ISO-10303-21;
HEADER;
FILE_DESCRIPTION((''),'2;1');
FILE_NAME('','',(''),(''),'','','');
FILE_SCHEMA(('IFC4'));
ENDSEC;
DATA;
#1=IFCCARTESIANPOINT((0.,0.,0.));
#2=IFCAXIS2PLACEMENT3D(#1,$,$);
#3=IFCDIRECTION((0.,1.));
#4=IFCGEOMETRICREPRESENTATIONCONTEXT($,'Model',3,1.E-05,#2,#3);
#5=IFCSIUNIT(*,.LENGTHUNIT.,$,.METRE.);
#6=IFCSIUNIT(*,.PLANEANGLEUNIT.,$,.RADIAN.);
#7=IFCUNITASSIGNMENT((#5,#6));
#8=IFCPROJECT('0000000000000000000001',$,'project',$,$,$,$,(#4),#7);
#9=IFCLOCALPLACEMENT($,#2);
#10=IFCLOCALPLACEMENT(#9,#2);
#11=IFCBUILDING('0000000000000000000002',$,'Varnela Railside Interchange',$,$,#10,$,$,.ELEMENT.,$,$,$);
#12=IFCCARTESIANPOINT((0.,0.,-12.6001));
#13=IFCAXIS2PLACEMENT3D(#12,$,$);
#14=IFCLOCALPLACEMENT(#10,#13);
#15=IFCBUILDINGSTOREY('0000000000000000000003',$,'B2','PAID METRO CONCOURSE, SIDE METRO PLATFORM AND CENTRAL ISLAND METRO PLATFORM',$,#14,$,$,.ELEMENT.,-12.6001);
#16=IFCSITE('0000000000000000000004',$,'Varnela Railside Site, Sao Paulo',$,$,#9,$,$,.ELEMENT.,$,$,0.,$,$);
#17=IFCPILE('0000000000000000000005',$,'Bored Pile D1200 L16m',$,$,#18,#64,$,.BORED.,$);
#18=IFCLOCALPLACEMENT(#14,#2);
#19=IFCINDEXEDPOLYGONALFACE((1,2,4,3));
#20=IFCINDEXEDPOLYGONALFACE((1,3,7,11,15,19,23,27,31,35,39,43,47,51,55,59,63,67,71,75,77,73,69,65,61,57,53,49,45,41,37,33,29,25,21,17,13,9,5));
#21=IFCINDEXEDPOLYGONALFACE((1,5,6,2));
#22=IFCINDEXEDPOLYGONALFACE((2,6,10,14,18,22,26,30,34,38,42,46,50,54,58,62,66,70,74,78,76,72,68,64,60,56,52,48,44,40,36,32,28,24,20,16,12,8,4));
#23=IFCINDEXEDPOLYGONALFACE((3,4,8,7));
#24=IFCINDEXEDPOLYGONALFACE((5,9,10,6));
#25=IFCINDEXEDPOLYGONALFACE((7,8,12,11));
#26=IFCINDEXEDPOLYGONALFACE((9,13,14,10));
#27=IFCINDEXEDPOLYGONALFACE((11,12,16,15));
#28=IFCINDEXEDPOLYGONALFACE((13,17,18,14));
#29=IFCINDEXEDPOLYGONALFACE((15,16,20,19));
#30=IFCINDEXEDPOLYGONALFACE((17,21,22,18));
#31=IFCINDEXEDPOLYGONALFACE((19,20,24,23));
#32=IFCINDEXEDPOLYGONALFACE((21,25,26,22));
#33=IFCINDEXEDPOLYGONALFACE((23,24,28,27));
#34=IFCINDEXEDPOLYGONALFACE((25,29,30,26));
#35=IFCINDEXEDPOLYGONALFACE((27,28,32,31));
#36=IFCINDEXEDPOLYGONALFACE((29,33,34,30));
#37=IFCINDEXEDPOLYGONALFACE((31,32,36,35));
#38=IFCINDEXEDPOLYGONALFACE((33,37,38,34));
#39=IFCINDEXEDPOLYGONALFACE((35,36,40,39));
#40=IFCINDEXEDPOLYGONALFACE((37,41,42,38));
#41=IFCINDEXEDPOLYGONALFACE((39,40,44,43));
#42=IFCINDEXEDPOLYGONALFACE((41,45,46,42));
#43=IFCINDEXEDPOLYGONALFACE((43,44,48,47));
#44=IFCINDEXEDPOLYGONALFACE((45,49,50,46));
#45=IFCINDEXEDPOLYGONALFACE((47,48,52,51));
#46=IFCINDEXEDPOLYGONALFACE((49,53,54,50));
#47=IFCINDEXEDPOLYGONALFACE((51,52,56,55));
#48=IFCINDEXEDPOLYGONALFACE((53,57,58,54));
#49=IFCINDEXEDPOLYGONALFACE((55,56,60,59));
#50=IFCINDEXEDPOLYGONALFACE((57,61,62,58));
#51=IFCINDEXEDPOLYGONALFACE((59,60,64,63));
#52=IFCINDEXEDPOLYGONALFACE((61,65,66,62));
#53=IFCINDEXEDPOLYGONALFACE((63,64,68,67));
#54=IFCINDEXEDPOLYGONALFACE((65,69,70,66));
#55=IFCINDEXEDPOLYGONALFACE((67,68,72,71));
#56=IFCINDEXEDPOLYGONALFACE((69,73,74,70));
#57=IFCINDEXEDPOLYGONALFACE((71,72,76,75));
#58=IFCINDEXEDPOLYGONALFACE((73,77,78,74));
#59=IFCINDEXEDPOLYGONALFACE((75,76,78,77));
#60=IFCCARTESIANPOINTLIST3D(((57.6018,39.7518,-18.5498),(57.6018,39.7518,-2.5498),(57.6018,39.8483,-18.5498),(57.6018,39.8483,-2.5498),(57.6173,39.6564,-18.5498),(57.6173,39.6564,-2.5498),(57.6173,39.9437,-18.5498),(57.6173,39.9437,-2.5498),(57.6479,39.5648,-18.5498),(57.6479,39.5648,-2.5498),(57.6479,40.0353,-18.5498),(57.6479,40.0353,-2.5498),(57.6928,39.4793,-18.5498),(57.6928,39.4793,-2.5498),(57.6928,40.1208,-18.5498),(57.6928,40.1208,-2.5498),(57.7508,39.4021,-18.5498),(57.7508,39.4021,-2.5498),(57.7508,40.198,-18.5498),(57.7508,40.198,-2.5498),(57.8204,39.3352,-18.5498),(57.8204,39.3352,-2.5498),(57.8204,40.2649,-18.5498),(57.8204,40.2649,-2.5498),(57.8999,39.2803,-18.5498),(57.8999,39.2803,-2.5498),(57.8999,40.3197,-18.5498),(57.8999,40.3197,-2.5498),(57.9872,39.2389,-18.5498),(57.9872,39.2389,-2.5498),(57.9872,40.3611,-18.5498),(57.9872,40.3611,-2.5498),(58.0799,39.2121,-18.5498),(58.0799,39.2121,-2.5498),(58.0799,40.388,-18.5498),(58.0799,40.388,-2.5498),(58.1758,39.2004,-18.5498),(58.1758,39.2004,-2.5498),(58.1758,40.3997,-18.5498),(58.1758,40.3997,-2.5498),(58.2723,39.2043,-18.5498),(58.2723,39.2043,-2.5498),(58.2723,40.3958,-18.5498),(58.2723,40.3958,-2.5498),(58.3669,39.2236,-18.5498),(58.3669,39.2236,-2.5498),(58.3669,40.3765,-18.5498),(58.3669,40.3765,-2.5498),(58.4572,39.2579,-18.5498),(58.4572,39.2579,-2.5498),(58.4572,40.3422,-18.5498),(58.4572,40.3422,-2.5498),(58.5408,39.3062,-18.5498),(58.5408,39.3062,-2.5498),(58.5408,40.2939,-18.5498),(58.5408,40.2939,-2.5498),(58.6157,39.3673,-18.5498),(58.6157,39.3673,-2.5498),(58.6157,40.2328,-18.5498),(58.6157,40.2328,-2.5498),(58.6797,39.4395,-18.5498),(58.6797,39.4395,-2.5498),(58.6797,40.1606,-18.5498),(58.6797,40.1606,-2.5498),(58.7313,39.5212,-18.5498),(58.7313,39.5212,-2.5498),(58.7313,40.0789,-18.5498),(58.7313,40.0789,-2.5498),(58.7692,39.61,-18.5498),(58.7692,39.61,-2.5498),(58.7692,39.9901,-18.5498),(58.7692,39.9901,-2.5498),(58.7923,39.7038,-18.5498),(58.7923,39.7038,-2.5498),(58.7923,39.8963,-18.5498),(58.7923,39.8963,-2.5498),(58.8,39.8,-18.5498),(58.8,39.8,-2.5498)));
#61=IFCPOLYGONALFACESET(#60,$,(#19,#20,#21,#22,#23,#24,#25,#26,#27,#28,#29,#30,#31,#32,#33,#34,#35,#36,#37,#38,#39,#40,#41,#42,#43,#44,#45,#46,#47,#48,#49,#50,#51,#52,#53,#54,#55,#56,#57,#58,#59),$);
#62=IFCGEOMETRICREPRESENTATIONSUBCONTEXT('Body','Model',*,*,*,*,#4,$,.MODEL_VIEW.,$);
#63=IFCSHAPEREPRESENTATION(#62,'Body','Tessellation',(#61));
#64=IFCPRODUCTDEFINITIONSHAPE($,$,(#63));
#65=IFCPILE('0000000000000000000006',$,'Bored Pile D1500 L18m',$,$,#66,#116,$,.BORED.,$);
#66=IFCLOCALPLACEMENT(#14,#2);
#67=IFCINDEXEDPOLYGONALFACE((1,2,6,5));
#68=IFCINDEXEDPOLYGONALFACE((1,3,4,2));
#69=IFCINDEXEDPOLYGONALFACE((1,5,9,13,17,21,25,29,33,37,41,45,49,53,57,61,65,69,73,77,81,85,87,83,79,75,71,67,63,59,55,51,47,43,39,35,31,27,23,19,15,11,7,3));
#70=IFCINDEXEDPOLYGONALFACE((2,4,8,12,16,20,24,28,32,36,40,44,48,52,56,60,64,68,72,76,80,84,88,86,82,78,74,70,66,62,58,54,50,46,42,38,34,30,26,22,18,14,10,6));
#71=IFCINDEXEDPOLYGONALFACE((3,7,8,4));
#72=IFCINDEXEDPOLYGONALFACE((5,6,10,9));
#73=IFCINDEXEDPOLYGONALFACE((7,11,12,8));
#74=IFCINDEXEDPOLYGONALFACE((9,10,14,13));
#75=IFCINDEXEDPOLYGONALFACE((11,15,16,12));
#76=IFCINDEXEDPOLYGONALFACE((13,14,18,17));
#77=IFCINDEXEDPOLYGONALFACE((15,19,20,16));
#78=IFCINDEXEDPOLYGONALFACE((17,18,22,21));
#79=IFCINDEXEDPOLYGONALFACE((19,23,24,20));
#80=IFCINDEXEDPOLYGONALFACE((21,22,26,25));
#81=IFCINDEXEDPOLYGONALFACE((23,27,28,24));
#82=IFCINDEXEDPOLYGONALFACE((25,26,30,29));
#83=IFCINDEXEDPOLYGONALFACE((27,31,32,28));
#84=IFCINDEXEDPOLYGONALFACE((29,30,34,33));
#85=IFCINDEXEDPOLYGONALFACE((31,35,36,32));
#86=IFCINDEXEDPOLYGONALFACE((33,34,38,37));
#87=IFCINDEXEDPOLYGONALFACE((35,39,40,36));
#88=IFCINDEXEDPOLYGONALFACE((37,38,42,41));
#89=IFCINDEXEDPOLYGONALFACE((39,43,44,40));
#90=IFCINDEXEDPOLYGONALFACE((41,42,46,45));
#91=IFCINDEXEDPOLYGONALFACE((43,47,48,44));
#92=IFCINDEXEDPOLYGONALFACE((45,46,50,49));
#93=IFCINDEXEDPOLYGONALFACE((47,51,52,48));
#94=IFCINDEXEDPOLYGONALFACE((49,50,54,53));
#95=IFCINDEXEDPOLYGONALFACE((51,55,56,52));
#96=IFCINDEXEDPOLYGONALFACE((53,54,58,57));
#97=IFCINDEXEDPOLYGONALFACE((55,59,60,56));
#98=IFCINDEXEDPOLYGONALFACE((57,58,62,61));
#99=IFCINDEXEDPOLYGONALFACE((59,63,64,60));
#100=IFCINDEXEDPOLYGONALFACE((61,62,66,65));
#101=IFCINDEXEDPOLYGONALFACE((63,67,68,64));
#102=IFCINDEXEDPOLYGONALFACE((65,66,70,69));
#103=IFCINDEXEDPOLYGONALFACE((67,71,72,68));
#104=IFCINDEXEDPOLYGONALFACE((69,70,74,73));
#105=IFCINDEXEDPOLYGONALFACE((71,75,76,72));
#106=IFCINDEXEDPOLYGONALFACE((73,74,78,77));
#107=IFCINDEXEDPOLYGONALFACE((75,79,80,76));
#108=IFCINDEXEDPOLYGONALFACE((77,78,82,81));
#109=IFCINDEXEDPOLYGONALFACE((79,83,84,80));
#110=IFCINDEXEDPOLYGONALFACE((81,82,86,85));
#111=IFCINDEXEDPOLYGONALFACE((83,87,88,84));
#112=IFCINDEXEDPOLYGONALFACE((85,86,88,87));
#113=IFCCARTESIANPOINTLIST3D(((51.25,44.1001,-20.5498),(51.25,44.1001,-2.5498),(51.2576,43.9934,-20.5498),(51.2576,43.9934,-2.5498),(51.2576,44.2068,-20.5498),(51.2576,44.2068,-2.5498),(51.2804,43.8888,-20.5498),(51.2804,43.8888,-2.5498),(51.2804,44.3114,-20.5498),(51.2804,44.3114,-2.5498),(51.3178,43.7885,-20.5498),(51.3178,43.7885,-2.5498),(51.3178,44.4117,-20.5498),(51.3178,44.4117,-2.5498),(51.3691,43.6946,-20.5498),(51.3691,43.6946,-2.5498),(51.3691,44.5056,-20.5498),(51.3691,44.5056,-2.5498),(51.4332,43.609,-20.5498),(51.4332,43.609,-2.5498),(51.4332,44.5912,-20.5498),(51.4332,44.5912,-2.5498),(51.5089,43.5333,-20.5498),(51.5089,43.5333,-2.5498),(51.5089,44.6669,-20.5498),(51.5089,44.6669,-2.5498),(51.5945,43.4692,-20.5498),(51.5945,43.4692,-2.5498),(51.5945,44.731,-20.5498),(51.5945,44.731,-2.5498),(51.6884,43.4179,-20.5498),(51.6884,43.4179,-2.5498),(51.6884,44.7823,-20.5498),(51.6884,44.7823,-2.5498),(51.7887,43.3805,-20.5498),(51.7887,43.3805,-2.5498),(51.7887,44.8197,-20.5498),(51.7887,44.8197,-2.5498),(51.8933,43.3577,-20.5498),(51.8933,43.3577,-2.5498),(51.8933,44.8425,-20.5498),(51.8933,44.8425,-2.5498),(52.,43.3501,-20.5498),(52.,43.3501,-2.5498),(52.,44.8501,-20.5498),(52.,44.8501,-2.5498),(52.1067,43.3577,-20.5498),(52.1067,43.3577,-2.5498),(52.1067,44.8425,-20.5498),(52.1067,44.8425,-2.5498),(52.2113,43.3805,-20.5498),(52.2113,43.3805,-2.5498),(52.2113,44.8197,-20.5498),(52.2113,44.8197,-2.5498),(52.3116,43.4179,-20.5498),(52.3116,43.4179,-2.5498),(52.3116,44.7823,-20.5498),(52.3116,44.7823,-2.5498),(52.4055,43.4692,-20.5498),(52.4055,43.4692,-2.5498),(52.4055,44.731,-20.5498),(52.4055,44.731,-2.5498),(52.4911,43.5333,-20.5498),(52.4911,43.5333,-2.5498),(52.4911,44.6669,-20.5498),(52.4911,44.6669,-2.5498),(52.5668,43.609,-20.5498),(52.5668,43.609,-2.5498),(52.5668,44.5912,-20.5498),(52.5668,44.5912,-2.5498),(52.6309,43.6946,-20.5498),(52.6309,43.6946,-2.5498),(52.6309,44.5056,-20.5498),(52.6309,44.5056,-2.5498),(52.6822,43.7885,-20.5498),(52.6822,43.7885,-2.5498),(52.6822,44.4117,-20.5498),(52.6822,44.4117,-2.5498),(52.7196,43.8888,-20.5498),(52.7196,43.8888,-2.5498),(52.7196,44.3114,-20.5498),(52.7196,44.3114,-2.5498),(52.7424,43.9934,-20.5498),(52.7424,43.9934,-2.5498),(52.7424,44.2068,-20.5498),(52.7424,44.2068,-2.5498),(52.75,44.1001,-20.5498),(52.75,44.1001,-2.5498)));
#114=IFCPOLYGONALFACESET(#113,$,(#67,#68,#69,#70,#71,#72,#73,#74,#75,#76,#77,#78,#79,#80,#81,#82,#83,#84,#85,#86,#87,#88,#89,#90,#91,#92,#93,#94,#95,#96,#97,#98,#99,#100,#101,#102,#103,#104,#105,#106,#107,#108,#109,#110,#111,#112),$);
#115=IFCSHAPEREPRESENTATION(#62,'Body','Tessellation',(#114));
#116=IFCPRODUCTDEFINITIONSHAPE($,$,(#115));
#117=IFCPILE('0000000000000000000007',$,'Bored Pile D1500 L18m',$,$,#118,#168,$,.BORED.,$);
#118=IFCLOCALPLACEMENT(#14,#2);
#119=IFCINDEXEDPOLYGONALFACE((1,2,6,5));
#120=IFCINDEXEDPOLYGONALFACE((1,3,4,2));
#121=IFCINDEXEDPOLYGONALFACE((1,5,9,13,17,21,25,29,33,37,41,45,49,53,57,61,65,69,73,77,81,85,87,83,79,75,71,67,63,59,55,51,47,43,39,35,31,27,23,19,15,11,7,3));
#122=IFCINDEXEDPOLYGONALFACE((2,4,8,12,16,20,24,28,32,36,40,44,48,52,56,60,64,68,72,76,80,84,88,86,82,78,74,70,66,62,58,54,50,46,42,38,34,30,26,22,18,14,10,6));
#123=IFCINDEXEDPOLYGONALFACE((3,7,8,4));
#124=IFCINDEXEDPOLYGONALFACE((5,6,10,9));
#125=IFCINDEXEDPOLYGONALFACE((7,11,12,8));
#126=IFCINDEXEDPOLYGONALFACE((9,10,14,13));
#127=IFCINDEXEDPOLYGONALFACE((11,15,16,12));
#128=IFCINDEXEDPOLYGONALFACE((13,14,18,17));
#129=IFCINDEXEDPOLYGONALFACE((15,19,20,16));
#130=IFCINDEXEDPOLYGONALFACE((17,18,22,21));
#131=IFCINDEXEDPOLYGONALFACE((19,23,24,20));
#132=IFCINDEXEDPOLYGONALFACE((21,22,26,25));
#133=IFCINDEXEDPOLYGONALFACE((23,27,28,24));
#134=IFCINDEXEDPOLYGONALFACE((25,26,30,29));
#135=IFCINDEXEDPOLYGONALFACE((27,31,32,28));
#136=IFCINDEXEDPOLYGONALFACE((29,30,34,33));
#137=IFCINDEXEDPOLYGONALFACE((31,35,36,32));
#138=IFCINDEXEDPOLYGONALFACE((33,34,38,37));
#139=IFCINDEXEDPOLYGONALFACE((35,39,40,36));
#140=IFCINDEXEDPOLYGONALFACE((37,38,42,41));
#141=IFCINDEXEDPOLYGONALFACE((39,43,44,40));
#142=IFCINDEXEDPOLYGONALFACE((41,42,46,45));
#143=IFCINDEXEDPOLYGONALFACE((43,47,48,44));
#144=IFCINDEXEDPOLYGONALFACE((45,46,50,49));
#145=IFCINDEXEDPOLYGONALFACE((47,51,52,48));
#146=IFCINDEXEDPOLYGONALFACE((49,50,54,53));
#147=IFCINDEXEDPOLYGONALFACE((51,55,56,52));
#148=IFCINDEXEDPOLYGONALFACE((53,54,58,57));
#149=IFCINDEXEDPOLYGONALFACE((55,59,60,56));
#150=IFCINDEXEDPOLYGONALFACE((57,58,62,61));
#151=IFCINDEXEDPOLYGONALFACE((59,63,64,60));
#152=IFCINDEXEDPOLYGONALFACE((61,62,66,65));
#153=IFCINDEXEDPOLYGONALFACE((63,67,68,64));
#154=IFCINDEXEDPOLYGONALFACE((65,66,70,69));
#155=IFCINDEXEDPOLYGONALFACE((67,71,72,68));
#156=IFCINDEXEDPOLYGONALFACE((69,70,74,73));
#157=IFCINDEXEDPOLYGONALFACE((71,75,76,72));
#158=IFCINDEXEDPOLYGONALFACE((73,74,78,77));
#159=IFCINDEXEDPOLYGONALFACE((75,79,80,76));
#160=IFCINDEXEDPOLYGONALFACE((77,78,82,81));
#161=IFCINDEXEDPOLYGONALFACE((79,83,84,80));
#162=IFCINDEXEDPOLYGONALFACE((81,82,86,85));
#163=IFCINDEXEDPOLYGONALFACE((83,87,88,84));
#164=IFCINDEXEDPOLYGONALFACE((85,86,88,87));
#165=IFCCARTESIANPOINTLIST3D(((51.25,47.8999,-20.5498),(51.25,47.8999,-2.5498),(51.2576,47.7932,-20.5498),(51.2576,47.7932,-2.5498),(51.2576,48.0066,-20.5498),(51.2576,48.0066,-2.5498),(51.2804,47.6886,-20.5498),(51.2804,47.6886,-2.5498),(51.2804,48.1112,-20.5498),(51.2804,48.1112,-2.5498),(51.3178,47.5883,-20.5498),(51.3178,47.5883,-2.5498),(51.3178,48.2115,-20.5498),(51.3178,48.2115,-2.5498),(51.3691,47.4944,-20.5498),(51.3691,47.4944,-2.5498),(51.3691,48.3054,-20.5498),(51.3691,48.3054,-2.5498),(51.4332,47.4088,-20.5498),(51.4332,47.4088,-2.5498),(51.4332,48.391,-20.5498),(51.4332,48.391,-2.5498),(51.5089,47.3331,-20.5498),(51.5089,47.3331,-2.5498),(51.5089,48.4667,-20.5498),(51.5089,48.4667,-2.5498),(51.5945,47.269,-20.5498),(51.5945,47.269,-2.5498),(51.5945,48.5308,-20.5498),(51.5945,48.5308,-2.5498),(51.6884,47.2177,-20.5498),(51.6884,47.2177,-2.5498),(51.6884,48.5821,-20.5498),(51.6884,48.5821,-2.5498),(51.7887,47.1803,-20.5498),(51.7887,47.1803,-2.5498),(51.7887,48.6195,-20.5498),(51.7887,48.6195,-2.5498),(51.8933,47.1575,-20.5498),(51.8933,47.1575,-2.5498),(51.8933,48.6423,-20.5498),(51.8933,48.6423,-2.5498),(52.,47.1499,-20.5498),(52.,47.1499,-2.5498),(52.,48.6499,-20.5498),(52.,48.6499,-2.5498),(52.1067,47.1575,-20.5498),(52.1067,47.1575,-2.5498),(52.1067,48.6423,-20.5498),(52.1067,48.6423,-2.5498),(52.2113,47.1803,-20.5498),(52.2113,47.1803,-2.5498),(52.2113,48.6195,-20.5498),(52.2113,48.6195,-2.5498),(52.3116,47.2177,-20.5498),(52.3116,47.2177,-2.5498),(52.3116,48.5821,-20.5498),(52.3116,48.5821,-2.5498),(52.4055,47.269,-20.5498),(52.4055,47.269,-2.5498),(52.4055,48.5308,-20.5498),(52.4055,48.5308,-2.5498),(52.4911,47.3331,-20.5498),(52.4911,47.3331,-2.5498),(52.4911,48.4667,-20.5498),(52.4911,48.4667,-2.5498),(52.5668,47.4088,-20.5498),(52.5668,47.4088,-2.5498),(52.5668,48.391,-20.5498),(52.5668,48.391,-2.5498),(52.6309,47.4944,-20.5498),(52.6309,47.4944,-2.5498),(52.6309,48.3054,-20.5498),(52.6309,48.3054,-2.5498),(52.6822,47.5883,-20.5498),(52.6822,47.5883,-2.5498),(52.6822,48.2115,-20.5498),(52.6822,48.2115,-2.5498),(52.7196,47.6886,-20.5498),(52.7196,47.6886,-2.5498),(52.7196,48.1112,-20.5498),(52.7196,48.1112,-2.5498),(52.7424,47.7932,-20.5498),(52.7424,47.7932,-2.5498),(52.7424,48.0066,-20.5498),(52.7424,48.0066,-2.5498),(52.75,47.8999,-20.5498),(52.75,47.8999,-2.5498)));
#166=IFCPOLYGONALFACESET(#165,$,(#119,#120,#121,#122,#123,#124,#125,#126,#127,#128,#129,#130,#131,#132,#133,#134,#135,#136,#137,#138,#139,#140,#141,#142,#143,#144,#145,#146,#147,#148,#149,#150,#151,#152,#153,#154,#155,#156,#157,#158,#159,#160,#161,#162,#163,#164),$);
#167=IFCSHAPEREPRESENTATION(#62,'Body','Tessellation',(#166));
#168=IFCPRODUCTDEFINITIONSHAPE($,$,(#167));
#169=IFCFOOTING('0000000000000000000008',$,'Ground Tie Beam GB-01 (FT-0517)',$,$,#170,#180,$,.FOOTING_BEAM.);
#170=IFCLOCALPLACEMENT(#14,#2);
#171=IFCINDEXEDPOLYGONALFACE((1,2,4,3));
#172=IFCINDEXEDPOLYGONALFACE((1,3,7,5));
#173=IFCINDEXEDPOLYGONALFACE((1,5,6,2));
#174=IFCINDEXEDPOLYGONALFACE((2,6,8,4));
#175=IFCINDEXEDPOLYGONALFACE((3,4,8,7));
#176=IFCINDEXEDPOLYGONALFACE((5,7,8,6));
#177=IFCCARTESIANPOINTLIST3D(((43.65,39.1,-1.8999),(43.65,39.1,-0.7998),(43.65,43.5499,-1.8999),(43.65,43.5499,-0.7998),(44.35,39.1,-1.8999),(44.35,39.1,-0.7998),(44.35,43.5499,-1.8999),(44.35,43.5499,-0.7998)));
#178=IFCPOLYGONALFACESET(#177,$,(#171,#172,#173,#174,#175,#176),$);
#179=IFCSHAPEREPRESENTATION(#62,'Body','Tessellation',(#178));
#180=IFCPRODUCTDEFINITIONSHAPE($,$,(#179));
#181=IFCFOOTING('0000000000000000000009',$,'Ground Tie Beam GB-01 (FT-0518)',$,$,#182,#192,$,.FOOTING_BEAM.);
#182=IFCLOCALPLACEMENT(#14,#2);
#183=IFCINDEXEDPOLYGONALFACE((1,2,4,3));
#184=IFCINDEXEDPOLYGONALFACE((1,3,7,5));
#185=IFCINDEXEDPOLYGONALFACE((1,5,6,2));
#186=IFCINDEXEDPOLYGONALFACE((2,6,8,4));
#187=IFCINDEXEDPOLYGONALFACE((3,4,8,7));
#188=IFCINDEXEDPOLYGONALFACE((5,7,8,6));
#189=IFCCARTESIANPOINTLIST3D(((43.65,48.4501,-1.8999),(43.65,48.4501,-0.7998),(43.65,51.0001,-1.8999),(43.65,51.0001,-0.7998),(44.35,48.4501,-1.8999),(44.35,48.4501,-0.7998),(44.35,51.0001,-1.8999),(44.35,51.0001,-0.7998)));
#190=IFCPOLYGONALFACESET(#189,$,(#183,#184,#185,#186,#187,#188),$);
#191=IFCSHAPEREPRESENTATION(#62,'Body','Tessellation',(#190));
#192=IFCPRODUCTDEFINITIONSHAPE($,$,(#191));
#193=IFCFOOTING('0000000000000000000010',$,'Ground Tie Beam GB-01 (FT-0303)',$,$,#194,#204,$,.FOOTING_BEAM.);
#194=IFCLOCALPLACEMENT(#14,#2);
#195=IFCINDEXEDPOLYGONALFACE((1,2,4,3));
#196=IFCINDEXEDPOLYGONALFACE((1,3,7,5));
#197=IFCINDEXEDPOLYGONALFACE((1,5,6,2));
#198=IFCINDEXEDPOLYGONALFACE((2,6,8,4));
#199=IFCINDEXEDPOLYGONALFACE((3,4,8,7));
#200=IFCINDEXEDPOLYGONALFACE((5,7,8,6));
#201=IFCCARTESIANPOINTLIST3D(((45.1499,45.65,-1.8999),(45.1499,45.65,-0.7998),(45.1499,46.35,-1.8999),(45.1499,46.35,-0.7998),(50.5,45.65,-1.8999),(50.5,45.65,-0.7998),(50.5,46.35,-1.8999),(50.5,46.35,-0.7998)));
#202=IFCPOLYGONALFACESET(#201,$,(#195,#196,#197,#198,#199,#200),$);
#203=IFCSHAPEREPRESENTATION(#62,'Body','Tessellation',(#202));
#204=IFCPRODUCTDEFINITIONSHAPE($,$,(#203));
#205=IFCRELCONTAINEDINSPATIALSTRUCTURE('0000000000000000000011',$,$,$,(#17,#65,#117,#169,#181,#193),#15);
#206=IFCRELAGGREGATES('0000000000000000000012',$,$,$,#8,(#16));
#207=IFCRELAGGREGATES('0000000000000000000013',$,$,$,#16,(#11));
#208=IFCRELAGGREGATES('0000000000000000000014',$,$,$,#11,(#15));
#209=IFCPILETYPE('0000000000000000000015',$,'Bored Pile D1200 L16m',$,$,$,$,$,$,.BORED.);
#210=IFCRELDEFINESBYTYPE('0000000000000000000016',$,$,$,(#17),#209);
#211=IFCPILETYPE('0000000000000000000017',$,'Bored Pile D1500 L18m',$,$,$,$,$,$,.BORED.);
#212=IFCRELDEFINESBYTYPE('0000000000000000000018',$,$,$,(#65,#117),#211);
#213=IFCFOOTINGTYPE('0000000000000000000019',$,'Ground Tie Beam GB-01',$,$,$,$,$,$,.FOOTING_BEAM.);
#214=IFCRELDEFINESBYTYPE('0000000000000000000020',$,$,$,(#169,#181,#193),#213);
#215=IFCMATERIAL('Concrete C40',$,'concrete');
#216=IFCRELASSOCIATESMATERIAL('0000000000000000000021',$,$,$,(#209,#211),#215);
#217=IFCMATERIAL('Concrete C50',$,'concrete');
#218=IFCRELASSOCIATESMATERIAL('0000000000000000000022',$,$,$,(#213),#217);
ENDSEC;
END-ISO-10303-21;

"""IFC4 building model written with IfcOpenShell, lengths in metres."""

from ifc_helpers import new_model, si_unit, direction, frame, origin, origin_2d, place, context, subcontext, project, spatial, rectangle, circle, extrude, material, material_profile, profile_set, type_object, element, save


model = new_model("IFC4")

# Units and contexts
model_context = context("Model", 3, precision=1e-05, world=origin(), true_north=direction((0.0, 1.0)))
body_context = subcontext(model_context, "Body", "Model", "MODEL_VIEW")
ifc_project = project(units=[si_unit("LENGTHUNIT", "METRE"), si_unit("PLANEANGLEUNIT", "RADIAN")], contexts=[model_context])

# Site, building, storey
site_placement = place(None, origin())
site = spatial("IfcSite", under=ifc_project, at=site_placement, Name="Varnela Railside Site, Sao Paulo", CompositionType="ELEMENT", RefElevation=0.0)
building_placement = place(site_placement, origin())
building = spatial("IfcBuilding", under=site, at=building_placement, Name="Varnela Railside Interchange", CompositionType="ELEMENT")
storey_placement = place(building_placement, frame((0.0, 0.0, -12.6001)))
storey = spatial("IfcBuildingStorey", under=building, at=storey_placement, Name="B2", Description="PAID METRO CONCOURSE, SIDE METRO PLATFORM AND CENTRAL ISLAND METRO PLATFORM", CompositionType="ELEMENT", Elevation=-12.6001)

# Piles
ifc_material_1 = material(Name="Concrete C40", Category="concrete")
ifc_material_profile_1 = material_profile(ifc_material_1, circle(Radius=0.6001, at=origin_2d()), Name="BORED PILE D1200")
ifc_profile_set_1 = profile_set([ifc_material_profile_1], Name="Concrete C40")
pile_type_1 = type_object("IfcPileType", Name="Bored Pile D1200 L16m", PredefinedType="BORED", material=ifc_profile_set_1)
for number, where, z_axis, x_axis, name in (
    (1, (58.2, 39.8, -2.5498), (0.0, 0.0, -1.0), (1.0, 0.0, 0.0), "Bored Pile D1200 L16m"),
):
    element("IfcPile", number, at=place(storey_placement, frame(where, z_axis=z_axis, x_axis=x_axis)), inside=storey, type_object=pile_type_1, Name=name, PredefinedType="BORED", context=body_context, shape_type="SweptSolid", body=[
        extrude(circle(Radius=0.6001, at=origin_2d()), origin(), (0.0, 0.0, 1.0), 16.0),
    ])
ifc_material_profile_2 = material_profile(ifc_material_1, circle(Radius=0.75, at=origin_2d()), Name="BORED PILE D1500")
ifc_profile_set_2 = profile_set([ifc_material_profile_2], Name="Concrete C40")
pile_type_2 = type_object("IfcPileType", Name="Bored Pile D1500 L18m", PredefinedType="BORED", material=ifc_profile_set_2)
for number, where, z_axis, x_axis, name in (
    (2, (52.0, 44.1001, -2.5498), (0.0, 0.0, -1.0), (1.0, 0.0, 0.0), "Bored Pile D1500 L18m"),
    (3, (52.0, 47.8999, -2.5498), (0.0, 0.0, -1.0), (1.0, 0.0, 0.0), "Bored Pile D1500 L18m"),
):
    element("IfcPile", number, at=place(storey_placement, frame(where, z_axis=z_axis, x_axis=x_axis)), inside=storey, type_object=pile_type_2, Name=name, PredefinedType="BORED", context=body_context, shape_type="SweptSolid", body=[
        extrude(circle(Radius=0.75, at=origin_2d()), origin(), (0.0, 0.0, 1.0), 18.0),
    ])

# Footings
ifc_material_2 = material(Name="Concrete C50", Category="concrete")
footing_type_1 = type_object("IfcFootingType", Name="Ground Tie Beam GB-01", PredefinedType="FOOTING_BEAM", material=ifc_material_2)
footing_1_placement = place(storey_placement, frame((44.0, 41.325, -1.8999), z_axis=(0.0, 0.0, 1.0), x_axis=(1.0, 0.0, 0.0)))
element("IfcFooting", 4, at=footing_1_placement, inside=storey, type_object=footing_type_1, Name="Ground Tie Beam GB-01 (FT-0517)", PredefinedType="FOOTING_BEAM", context=body_context, shape_type="SweptSolid", body=[
    extrude(rectangle(XDim=0.7, YDim=4.45, at=origin_2d()), origin(), (0.0, 0.0, 1.0), 1.1001),
])
footing_2_placement = place(storey_placement, frame((44.0, 49.7251, -1.8999), z_axis=(0.0, 0.0, 1.0), x_axis=(1.0, 0.0, 0.0)))
element("IfcFooting", 5, at=footing_2_placement, inside=storey, type_object=footing_type_1, Name="Ground Tie Beam GB-01 (FT-0518)", PredefinedType="FOOTING_BEAM", context=body_context, shape_type="SweptSolid", body=[
    extrude(rectangle(XDim=0.7, YDim=2.55, at=origin_2d()), origin(), (0.0, 0.0, 1.0), 1.1001),
])
footing_3_placement = place(storey_placement, frame((47.825, 46.0, -1.8999), z_axis=(0.0, 0.0, 1.0), x_axis=(1.0, 0.0, 0.0)))
element("IfcFooting", 6, at=footing_3_placement, inside=storey, type_object=footing_type_1, Name="Ground Tie Beam GB-01 (FT-0303)", PredefinedType="FOOTING_BEAM", context=body_context, shape_type="SweptSolid", body=[
    extrude(rectangle(XDim=5.3501, YDim=0.7, at=origin_2d()), origin(), (0.0, 0.0, 1.0), 1.1001),
])

save(model, "model.ifc")
